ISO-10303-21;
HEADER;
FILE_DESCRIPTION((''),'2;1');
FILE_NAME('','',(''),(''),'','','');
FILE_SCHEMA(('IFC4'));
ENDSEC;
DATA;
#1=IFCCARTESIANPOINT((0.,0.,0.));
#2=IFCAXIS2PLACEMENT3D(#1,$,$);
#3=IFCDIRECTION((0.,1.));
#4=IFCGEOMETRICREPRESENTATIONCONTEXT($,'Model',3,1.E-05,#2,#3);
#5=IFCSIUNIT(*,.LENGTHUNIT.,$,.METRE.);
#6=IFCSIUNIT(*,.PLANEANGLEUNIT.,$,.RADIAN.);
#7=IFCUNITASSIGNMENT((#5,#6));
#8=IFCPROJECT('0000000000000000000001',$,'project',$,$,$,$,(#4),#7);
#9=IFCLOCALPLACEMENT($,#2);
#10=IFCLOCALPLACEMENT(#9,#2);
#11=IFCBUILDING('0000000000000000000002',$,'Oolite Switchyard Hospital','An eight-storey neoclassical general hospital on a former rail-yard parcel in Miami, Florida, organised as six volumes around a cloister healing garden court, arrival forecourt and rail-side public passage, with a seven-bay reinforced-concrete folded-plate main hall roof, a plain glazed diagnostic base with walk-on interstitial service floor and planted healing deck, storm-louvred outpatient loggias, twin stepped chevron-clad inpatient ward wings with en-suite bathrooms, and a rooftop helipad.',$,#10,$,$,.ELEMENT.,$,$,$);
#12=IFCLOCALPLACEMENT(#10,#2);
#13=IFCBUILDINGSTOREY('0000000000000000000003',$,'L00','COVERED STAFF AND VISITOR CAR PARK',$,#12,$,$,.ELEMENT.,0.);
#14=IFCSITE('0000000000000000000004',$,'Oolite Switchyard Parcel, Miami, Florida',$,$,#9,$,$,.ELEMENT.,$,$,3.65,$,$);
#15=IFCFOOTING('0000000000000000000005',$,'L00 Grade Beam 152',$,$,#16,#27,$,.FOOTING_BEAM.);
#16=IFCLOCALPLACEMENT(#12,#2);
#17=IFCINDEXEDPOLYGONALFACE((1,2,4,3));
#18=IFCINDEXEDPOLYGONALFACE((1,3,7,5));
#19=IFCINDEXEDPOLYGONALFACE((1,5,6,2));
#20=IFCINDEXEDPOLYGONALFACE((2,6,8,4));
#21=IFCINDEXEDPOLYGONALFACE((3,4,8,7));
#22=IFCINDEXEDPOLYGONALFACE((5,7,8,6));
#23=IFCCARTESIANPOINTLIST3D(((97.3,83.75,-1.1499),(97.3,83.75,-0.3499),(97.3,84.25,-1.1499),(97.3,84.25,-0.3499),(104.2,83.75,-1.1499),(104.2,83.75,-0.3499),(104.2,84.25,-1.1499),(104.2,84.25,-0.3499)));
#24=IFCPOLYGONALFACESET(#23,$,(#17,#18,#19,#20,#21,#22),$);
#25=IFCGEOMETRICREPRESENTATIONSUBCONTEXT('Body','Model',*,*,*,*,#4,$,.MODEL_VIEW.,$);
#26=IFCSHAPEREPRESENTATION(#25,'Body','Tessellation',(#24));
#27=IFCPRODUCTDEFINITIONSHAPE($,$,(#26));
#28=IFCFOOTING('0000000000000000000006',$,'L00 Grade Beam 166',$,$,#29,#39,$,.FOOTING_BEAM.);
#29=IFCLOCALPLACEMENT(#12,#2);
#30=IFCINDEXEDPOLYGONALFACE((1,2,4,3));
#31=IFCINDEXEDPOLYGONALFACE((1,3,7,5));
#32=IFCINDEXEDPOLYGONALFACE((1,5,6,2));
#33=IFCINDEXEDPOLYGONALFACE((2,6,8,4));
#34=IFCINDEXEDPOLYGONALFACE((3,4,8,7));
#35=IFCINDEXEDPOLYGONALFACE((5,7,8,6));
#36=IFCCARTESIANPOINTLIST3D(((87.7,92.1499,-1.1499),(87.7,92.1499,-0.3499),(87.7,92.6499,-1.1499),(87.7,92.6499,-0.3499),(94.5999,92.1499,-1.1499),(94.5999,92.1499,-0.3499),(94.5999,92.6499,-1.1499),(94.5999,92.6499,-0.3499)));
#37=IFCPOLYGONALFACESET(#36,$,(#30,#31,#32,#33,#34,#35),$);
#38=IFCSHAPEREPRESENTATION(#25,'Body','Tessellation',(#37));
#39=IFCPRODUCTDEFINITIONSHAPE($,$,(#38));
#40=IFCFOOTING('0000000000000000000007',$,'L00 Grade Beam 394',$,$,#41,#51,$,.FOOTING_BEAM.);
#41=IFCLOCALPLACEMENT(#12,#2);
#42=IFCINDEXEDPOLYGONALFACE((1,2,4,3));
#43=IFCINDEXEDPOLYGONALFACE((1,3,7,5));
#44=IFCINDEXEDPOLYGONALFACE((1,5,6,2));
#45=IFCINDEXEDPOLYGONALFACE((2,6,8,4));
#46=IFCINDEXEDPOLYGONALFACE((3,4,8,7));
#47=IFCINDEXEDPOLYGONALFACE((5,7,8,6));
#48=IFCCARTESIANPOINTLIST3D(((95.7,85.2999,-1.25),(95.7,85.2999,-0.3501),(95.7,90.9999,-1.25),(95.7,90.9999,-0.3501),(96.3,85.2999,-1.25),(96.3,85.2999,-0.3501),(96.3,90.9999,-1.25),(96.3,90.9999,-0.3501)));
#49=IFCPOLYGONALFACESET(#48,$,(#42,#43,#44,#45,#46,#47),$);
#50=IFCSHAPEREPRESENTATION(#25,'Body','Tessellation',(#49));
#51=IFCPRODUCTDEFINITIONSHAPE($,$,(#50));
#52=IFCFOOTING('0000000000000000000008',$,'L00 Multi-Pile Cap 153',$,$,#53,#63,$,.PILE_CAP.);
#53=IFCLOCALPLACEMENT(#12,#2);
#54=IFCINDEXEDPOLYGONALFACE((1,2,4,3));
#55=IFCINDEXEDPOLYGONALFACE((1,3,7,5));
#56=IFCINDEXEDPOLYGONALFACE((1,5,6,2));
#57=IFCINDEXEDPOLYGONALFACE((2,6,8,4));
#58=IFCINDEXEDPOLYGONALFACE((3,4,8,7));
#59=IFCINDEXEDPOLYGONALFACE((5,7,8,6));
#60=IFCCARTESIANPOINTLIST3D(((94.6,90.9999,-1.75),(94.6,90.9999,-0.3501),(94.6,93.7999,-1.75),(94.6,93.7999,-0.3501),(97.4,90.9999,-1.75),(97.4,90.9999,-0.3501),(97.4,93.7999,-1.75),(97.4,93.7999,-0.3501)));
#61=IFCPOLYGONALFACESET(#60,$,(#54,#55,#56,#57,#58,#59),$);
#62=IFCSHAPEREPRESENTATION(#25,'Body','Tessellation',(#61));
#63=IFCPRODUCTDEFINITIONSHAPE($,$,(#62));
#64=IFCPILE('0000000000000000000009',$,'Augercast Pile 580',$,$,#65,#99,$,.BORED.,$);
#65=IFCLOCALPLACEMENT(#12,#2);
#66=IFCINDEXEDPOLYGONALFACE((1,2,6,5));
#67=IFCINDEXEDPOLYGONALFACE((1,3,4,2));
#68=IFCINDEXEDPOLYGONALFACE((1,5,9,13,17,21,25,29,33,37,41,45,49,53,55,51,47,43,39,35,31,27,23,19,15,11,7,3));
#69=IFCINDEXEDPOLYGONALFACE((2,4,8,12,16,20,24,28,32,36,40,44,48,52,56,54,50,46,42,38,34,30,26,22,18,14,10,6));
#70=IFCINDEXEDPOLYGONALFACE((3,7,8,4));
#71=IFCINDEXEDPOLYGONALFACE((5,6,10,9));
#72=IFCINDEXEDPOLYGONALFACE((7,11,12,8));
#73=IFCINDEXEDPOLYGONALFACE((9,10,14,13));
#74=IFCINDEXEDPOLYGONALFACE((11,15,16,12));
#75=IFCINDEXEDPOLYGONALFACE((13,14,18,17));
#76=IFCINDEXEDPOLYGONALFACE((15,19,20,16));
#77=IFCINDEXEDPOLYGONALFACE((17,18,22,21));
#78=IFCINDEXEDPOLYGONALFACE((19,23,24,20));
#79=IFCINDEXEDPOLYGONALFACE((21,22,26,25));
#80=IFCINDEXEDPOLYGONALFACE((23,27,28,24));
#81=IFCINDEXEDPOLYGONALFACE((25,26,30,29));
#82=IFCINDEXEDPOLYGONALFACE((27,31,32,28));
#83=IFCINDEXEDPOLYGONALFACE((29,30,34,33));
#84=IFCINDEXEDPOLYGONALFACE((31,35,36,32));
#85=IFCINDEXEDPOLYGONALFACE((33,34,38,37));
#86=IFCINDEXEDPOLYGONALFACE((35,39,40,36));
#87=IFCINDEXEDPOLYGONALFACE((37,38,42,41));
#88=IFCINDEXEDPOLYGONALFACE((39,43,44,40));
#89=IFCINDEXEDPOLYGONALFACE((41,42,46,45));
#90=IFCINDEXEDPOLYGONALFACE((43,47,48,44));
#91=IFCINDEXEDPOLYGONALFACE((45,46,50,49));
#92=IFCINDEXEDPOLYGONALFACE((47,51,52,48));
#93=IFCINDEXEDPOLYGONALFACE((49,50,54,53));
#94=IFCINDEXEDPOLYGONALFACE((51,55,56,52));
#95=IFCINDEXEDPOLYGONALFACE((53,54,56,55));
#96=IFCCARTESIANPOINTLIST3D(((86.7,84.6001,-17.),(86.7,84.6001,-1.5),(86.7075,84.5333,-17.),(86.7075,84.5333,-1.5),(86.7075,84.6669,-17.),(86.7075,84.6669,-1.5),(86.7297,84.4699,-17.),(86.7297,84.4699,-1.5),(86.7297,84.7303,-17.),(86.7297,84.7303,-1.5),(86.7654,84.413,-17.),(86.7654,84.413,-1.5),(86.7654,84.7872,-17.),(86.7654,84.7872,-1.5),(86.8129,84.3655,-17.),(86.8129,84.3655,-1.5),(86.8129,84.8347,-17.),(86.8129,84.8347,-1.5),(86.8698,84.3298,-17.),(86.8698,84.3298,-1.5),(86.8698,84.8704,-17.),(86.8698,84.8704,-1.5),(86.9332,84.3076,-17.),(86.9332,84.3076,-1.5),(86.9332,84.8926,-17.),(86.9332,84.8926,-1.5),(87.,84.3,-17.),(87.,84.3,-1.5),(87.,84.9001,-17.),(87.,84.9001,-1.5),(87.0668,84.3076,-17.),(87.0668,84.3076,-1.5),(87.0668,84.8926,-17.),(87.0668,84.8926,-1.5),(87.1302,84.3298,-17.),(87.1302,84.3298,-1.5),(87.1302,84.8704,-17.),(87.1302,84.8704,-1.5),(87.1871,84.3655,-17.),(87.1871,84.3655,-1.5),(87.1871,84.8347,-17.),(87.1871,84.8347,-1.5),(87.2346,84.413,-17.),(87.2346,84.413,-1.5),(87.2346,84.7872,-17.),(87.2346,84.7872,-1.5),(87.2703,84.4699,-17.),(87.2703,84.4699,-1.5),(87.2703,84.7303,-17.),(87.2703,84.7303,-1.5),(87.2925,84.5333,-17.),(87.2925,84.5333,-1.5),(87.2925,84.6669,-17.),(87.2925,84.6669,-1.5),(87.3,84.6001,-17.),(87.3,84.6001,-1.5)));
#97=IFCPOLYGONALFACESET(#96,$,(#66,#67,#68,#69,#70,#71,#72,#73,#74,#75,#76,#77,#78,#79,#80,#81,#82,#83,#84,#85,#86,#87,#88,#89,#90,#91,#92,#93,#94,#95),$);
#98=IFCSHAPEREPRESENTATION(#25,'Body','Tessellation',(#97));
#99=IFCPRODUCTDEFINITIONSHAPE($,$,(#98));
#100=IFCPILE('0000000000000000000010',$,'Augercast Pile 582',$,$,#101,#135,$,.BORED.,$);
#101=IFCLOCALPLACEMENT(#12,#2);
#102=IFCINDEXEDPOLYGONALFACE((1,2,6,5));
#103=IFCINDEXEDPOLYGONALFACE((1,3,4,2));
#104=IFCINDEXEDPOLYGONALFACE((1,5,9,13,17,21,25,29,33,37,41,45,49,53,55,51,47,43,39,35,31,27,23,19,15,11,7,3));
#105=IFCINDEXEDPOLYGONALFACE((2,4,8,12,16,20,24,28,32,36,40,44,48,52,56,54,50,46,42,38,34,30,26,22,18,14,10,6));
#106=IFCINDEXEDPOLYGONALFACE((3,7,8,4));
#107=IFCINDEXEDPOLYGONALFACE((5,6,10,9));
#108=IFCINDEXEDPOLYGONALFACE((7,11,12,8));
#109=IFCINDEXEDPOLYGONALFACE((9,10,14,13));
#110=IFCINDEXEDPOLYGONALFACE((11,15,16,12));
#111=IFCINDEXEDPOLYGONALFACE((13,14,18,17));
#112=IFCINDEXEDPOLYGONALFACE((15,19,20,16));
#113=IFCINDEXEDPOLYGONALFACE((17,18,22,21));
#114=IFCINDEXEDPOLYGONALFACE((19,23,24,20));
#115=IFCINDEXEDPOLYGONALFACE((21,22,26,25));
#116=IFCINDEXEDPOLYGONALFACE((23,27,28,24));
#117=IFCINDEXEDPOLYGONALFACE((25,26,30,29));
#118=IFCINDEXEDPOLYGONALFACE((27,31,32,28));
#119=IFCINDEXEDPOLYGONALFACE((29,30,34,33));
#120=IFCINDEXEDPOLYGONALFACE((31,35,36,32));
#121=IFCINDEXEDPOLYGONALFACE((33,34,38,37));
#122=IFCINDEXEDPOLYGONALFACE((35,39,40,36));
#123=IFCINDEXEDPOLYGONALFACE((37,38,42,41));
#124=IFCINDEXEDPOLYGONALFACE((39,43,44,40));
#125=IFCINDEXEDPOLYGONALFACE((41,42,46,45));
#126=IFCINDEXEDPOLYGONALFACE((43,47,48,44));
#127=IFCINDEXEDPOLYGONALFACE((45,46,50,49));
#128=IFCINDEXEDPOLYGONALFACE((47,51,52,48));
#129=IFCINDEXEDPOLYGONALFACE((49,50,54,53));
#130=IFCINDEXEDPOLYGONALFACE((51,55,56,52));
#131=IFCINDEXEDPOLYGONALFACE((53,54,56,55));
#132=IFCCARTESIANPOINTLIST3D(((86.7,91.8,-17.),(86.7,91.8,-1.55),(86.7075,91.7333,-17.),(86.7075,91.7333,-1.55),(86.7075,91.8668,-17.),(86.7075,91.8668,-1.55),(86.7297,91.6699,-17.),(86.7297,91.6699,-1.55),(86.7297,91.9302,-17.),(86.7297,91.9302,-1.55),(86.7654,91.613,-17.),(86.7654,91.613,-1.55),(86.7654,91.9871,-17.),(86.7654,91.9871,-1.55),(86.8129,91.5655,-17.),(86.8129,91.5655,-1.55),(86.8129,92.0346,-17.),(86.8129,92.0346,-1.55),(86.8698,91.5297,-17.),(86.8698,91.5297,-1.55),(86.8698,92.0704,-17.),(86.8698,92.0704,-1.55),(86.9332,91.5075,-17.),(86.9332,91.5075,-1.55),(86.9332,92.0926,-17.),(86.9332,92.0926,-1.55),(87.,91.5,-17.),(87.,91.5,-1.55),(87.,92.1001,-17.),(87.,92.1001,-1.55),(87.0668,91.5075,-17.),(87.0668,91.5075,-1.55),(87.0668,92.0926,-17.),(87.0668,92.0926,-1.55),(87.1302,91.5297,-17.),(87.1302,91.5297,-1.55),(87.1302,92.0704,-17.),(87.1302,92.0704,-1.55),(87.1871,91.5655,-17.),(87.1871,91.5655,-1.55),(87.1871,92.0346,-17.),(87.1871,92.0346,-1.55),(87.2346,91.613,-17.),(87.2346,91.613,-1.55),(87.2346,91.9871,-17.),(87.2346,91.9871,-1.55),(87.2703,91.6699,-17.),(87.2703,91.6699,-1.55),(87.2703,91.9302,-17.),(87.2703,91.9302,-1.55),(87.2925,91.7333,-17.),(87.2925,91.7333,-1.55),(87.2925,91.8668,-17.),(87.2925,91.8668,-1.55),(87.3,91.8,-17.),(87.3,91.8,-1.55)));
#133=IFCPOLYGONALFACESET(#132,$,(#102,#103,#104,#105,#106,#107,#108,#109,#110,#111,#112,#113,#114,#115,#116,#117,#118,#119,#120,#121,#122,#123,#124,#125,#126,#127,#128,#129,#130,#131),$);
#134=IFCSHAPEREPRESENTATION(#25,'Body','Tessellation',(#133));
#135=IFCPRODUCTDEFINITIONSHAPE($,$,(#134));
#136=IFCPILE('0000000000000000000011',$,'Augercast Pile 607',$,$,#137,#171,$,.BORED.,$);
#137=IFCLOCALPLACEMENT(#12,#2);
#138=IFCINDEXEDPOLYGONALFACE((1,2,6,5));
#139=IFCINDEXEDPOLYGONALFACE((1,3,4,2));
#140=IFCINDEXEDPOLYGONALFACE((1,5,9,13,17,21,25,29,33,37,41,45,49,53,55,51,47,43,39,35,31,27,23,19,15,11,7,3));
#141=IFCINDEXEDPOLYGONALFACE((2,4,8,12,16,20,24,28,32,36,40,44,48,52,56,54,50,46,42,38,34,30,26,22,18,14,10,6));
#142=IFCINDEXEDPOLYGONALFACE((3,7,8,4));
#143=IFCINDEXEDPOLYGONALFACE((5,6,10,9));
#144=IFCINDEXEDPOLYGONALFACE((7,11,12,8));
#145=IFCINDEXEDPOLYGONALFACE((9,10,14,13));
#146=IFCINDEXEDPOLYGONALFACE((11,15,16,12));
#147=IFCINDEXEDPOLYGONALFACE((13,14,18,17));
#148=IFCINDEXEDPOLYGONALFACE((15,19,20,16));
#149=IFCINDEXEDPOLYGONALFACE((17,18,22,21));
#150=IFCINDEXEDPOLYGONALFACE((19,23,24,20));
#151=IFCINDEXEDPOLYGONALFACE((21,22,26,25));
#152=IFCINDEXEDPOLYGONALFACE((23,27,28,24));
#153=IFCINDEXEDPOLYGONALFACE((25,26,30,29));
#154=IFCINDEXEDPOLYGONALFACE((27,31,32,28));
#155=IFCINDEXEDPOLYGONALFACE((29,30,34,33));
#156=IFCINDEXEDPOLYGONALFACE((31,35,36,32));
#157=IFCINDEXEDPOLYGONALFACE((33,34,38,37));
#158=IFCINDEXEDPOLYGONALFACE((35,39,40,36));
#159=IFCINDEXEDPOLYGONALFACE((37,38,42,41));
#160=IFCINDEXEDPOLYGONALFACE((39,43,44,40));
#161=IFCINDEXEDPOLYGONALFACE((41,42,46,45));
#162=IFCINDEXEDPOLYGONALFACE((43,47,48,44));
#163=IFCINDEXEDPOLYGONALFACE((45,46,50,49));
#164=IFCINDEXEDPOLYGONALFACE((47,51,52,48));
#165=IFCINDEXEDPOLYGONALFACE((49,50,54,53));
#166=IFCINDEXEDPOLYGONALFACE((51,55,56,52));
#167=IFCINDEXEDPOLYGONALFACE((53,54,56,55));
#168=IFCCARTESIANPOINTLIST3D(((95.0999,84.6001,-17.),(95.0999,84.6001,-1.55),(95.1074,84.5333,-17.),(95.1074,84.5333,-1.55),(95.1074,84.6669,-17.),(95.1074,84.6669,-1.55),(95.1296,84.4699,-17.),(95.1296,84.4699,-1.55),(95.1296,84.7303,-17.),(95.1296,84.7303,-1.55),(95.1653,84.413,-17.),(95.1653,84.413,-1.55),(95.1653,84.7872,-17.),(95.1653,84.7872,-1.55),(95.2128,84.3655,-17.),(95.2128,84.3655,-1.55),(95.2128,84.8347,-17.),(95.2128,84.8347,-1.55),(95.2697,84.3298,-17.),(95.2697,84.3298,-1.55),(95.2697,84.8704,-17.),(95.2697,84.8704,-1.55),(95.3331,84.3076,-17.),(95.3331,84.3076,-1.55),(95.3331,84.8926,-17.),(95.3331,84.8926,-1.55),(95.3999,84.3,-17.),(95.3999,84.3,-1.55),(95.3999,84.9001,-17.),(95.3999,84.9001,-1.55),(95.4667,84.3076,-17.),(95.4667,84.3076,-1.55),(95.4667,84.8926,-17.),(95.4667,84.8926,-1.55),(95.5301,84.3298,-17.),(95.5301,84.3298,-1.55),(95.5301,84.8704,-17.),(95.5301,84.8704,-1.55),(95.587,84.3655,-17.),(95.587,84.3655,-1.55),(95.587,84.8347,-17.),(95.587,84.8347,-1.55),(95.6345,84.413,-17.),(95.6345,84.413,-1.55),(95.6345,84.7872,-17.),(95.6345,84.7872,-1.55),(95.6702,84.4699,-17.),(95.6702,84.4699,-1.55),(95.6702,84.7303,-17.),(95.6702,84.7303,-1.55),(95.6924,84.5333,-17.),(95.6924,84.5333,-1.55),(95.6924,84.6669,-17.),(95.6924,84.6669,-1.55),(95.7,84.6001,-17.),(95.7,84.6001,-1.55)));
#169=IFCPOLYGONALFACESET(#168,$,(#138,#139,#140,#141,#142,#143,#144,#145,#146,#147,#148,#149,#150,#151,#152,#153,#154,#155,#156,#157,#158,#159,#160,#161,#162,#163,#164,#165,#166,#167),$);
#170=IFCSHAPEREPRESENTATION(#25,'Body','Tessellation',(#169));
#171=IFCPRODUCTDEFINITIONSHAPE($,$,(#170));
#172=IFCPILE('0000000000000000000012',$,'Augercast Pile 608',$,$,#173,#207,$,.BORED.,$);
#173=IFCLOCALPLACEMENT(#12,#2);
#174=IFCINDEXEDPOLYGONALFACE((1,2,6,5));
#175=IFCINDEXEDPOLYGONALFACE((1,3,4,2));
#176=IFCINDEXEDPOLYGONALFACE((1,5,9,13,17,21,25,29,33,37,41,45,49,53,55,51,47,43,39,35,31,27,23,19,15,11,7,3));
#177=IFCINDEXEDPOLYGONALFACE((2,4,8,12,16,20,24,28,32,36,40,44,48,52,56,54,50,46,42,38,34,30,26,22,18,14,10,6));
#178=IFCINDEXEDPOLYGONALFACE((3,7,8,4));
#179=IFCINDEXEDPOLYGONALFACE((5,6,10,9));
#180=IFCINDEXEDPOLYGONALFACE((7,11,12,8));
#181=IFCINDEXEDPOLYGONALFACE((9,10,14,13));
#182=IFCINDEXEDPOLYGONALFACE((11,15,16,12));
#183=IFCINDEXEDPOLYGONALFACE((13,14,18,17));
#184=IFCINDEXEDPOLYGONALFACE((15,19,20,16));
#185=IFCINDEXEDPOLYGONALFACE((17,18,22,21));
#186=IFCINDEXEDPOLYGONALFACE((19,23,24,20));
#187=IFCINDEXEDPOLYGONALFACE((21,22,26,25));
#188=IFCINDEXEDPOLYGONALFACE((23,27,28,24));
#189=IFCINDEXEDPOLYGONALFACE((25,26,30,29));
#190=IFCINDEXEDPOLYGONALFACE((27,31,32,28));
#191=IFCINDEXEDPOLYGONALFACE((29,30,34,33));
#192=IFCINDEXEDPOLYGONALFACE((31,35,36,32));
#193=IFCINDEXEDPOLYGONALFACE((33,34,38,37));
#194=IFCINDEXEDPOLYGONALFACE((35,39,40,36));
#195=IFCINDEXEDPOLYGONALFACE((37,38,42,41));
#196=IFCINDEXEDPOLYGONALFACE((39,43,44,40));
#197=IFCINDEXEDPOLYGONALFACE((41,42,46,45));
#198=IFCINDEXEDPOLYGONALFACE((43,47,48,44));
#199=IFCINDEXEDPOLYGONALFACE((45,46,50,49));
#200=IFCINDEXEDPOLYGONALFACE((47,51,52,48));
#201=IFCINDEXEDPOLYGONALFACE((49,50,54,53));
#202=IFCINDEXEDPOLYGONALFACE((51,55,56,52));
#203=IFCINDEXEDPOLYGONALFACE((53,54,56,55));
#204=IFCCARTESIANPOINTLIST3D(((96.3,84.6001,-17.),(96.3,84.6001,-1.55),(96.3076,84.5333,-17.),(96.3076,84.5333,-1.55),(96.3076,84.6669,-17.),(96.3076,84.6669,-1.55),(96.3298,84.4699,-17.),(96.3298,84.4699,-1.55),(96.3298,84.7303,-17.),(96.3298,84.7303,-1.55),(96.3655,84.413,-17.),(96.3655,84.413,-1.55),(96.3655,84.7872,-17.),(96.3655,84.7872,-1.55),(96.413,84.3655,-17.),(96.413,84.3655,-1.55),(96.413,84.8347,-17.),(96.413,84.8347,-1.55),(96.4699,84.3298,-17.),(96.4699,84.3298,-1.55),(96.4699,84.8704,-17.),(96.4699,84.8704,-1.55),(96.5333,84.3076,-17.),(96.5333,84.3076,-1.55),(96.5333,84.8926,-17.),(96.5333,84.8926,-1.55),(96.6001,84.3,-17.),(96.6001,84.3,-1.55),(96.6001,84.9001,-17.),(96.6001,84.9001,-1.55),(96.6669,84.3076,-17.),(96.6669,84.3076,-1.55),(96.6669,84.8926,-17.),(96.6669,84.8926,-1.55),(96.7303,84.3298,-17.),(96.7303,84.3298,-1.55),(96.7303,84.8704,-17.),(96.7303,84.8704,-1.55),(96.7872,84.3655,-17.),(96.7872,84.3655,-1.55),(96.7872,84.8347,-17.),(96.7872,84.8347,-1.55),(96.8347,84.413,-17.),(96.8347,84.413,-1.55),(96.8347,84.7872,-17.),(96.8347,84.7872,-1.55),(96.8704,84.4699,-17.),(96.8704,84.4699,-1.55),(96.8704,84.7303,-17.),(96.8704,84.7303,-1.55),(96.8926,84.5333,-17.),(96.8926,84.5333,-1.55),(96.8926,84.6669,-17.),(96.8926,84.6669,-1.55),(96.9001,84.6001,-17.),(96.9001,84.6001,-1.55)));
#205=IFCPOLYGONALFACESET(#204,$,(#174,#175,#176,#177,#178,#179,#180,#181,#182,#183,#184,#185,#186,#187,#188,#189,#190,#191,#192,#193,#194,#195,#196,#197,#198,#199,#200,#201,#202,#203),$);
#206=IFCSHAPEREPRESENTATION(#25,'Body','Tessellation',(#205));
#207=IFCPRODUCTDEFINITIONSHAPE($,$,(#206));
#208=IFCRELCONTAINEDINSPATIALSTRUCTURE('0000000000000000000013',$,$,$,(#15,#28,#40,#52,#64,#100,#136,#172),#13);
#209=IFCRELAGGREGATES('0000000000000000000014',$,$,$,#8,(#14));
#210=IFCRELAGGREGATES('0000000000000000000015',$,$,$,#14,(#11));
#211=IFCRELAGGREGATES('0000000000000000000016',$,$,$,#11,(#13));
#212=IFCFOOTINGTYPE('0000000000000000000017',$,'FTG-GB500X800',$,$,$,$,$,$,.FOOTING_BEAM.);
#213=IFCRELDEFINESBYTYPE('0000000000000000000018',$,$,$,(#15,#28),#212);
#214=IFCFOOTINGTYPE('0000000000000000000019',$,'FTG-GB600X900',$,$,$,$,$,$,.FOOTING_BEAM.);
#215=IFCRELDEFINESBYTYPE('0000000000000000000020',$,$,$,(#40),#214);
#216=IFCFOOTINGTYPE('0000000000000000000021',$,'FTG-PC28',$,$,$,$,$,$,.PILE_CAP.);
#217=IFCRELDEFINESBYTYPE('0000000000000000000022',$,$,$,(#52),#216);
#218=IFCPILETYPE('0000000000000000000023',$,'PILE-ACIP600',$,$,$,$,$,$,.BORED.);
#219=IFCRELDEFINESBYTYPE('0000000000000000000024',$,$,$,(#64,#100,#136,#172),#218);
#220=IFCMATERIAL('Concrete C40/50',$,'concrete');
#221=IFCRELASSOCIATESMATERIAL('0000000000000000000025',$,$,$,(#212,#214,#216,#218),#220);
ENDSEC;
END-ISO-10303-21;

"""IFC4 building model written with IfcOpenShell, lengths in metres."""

from ifc_helpers import new_model, si_unit, direction, frame, origin, origin_2d, place, context, subcontext, project, spatial, rectangle, circle, extrude, material, material_profile, profile_set, type_object, element, save


model = new_model("IFC4")

# Units and contexts
model_context = context("Model", 3, precision=1e-05, world=origin(), true_north=direction((0.0, 1.0)))
body_context = subcontext(model_context, "Body", "Model", "MODEL_VIEW")
ifc_project = project(units=[si_unit("LENGTHUNIT", "METRE"), si_unit("PLANEANGLEUNIT", "RADIAN")], contexts=[model_context])

# Site, building, storey
site_placement = place(None, origin())
site = spatial("IfcSite", under=ifc_project, at=site_placement, Name="Oolite Switchyard Parcel, Miami, Florida", CompositionType="ELEMENT", RefElevation=3.65)
building_placement = place(site_placement, origin())
building = spatial("IfcBuilding", under=site, at=building_placement, Name="Oolite Switchyard Hospital", Description="An eight-storey neoclassical general hospital on a former rail-yard parcel in Miami, Florida, organised as six volumes around a cloister healing garden court, arrival forecourt and rail-side public passage, with a seven-bay reinforced-concrete folded-plate main hall roof, a plain glazed diagnostic base with walk-on interstitial service floor and planted healing deck, storm-louvred outpatient loggias, twin stepped chevron-clad inpatient ward wings with en-suite bathrooms, and a rooftop helipad.", CompositionType="ELEMENT")
storey_placement = place(building_placement, origin())
storey = spatial("IfcBuildingStorey", under=building, at=storey_placement, Name="L00", Description="COVERED STAFF AND VISITOR CAR PARK", CompositionType="ELEMENT", Elevation=0.0)

# Footings
ifc_material_1 = material(Name="Concrete C40/50", Category="concrete")
footing_type_1 = type_object("IfcFootingType", Name="FTG-GB500X800", PredefinedType="FOOTING_BEAM", material=ifc_material_1)
for number, where, z_axis, x_axis, name in (
    (1, (100.75, 84.0, -1.1499), (0.0, 0.0, 1.0), (1.0, 0.0, 0.0), "L00 Grade Beam 152"),
    (2, (91.1499, 92.3999, -1.1499), (0.0, 0.0, 1.0), (1.0, 0.0, 0.0), "L00 Grade Beam 166"),
):
    element("IfcFooting", number, at=place(storey_placement, frame(where, z_axis=z_axis, x_axis=x_axis)), inside=storey, type_object=footing_type_1, Name=name, PredefinedType="FOOTING_BEAM", context=body_context, shape_type="SweptSolid", body=[
        extrude(rectangle(XDim=6.8999, YDim=0.5, at=origin_2d()), origin(), (0.0, 0.0, 1.0), 0.8),
    ])
footing_type_2 = type_object("IfcFootingType", Name="FTG-GB600X900", PredefinedType="FOOTING_BEAM", material=ifc_material_1)
footing_1_placement = place(storey_placement, frame((96.0, 88.1499, -1.25), z_axis=(0.0, 0.0, 1.0), x_axis=(0.0, 1.0, 0.0)))
element("IfcFooting", 3, at=footing_1_placement, inside=storey, type_object=footing_type_2, Name="L00 Grade Beam 394", PredefinedType="FOOTING_BEAM", context=body_context, shape_type="SweptSolid", body=[
    extrude(rectangle(XDim=5.7, YDim=0.6001, at=origin_2d()), origin(), (0.0, 0.0, 1.0), 0.8999),
])
footing_type_3 = type_object("IfcFootingType", Name="FTG-PC28", PredefinedType="PILE_CAP", material=ifc_material_1)
footing_2_placement = place(storey_placement, frame((96.0, 92.3999, -1.75), z_axis=(0.0, 0.0, 1.0), x_axis=(1.0, 0.0, 0.0)))
element("IfcFooting", 4, at=footing_2_placement, inside=storey, type_object=footing_type_3, Name="L00 Multi-Pile Cap 153", PredefinedType="PILE_CAP", context=body_context, shape_type="SweptSolid", body=[
    extrude(rectangle(XDim=2.8, YDim=2.8, at=origin_2d()), origin(), (0.0, 0.0, 1.0), 1.3999),
])

# Piles
ifc_material_profile_1 = material_profile(ifc_material_1, circle(Radius=0.3, at=origin_2d()), Name="PILE600")
ifc_profile_set_1 = profile_set([ifc_material_profile_1], Name="Concrete C40/50")
pile_type = type_object("IfcPileType", Name="PILE-ACIP600", PredefinedType="BORED", material=ifc_profile_set_1)
pile_placement = place(storey_placement, frame((87.0, 84.6001, -1.5), z_axis=(0.0, 0.0, -1.0), x_axis=(1.0, 0.0, 0.0)))
element("IfcPile", 5, at=pile_placement, inside=storey, type_object=pile_type, Name="Augercast Pile 580", PredefinedType="BORED", context=body_context, shape_type="SweptSolid", body=[
    extrude(circle(Radius=0.3, at=origin_2d()), origin(), (0.0, 0.0, 1.0), 15.5),
])
for number, where, z_axis, x_axis, name in (
    (6, (87.0, 91.8, -1.55), (0.0, 0.0, -1.0), (1.0, 0.0, 0.0), "Augercast Pile 582"),
    (7, (95.3999, 84.6001, -1.55), (0.0, 0.0, -1.0), (1.0, 0.0, 0.0), "Augercast Pile 607"),
    (8, (96.6001, 84.6001, -1.55), (0.0, 0.0, -1.0), (1.0, 0.0, 0.0), "Augercast Pile 608"),
):
    element("IfcPile", number, at=place(storey_placement, frame(where, z_axis=z_axis, x_axis=x_axis)), inside=storey, type_object=pile_type, Name=name, PredefinedType="BORED", context=body_context, shape_type="SweptSolid", body=[
        extrude(circle(Radius=0.3, at=origin_2d()), origin(), (0.0, 0.0, 1.0), 15.45),
    ])

save(model, "model.ifc")
